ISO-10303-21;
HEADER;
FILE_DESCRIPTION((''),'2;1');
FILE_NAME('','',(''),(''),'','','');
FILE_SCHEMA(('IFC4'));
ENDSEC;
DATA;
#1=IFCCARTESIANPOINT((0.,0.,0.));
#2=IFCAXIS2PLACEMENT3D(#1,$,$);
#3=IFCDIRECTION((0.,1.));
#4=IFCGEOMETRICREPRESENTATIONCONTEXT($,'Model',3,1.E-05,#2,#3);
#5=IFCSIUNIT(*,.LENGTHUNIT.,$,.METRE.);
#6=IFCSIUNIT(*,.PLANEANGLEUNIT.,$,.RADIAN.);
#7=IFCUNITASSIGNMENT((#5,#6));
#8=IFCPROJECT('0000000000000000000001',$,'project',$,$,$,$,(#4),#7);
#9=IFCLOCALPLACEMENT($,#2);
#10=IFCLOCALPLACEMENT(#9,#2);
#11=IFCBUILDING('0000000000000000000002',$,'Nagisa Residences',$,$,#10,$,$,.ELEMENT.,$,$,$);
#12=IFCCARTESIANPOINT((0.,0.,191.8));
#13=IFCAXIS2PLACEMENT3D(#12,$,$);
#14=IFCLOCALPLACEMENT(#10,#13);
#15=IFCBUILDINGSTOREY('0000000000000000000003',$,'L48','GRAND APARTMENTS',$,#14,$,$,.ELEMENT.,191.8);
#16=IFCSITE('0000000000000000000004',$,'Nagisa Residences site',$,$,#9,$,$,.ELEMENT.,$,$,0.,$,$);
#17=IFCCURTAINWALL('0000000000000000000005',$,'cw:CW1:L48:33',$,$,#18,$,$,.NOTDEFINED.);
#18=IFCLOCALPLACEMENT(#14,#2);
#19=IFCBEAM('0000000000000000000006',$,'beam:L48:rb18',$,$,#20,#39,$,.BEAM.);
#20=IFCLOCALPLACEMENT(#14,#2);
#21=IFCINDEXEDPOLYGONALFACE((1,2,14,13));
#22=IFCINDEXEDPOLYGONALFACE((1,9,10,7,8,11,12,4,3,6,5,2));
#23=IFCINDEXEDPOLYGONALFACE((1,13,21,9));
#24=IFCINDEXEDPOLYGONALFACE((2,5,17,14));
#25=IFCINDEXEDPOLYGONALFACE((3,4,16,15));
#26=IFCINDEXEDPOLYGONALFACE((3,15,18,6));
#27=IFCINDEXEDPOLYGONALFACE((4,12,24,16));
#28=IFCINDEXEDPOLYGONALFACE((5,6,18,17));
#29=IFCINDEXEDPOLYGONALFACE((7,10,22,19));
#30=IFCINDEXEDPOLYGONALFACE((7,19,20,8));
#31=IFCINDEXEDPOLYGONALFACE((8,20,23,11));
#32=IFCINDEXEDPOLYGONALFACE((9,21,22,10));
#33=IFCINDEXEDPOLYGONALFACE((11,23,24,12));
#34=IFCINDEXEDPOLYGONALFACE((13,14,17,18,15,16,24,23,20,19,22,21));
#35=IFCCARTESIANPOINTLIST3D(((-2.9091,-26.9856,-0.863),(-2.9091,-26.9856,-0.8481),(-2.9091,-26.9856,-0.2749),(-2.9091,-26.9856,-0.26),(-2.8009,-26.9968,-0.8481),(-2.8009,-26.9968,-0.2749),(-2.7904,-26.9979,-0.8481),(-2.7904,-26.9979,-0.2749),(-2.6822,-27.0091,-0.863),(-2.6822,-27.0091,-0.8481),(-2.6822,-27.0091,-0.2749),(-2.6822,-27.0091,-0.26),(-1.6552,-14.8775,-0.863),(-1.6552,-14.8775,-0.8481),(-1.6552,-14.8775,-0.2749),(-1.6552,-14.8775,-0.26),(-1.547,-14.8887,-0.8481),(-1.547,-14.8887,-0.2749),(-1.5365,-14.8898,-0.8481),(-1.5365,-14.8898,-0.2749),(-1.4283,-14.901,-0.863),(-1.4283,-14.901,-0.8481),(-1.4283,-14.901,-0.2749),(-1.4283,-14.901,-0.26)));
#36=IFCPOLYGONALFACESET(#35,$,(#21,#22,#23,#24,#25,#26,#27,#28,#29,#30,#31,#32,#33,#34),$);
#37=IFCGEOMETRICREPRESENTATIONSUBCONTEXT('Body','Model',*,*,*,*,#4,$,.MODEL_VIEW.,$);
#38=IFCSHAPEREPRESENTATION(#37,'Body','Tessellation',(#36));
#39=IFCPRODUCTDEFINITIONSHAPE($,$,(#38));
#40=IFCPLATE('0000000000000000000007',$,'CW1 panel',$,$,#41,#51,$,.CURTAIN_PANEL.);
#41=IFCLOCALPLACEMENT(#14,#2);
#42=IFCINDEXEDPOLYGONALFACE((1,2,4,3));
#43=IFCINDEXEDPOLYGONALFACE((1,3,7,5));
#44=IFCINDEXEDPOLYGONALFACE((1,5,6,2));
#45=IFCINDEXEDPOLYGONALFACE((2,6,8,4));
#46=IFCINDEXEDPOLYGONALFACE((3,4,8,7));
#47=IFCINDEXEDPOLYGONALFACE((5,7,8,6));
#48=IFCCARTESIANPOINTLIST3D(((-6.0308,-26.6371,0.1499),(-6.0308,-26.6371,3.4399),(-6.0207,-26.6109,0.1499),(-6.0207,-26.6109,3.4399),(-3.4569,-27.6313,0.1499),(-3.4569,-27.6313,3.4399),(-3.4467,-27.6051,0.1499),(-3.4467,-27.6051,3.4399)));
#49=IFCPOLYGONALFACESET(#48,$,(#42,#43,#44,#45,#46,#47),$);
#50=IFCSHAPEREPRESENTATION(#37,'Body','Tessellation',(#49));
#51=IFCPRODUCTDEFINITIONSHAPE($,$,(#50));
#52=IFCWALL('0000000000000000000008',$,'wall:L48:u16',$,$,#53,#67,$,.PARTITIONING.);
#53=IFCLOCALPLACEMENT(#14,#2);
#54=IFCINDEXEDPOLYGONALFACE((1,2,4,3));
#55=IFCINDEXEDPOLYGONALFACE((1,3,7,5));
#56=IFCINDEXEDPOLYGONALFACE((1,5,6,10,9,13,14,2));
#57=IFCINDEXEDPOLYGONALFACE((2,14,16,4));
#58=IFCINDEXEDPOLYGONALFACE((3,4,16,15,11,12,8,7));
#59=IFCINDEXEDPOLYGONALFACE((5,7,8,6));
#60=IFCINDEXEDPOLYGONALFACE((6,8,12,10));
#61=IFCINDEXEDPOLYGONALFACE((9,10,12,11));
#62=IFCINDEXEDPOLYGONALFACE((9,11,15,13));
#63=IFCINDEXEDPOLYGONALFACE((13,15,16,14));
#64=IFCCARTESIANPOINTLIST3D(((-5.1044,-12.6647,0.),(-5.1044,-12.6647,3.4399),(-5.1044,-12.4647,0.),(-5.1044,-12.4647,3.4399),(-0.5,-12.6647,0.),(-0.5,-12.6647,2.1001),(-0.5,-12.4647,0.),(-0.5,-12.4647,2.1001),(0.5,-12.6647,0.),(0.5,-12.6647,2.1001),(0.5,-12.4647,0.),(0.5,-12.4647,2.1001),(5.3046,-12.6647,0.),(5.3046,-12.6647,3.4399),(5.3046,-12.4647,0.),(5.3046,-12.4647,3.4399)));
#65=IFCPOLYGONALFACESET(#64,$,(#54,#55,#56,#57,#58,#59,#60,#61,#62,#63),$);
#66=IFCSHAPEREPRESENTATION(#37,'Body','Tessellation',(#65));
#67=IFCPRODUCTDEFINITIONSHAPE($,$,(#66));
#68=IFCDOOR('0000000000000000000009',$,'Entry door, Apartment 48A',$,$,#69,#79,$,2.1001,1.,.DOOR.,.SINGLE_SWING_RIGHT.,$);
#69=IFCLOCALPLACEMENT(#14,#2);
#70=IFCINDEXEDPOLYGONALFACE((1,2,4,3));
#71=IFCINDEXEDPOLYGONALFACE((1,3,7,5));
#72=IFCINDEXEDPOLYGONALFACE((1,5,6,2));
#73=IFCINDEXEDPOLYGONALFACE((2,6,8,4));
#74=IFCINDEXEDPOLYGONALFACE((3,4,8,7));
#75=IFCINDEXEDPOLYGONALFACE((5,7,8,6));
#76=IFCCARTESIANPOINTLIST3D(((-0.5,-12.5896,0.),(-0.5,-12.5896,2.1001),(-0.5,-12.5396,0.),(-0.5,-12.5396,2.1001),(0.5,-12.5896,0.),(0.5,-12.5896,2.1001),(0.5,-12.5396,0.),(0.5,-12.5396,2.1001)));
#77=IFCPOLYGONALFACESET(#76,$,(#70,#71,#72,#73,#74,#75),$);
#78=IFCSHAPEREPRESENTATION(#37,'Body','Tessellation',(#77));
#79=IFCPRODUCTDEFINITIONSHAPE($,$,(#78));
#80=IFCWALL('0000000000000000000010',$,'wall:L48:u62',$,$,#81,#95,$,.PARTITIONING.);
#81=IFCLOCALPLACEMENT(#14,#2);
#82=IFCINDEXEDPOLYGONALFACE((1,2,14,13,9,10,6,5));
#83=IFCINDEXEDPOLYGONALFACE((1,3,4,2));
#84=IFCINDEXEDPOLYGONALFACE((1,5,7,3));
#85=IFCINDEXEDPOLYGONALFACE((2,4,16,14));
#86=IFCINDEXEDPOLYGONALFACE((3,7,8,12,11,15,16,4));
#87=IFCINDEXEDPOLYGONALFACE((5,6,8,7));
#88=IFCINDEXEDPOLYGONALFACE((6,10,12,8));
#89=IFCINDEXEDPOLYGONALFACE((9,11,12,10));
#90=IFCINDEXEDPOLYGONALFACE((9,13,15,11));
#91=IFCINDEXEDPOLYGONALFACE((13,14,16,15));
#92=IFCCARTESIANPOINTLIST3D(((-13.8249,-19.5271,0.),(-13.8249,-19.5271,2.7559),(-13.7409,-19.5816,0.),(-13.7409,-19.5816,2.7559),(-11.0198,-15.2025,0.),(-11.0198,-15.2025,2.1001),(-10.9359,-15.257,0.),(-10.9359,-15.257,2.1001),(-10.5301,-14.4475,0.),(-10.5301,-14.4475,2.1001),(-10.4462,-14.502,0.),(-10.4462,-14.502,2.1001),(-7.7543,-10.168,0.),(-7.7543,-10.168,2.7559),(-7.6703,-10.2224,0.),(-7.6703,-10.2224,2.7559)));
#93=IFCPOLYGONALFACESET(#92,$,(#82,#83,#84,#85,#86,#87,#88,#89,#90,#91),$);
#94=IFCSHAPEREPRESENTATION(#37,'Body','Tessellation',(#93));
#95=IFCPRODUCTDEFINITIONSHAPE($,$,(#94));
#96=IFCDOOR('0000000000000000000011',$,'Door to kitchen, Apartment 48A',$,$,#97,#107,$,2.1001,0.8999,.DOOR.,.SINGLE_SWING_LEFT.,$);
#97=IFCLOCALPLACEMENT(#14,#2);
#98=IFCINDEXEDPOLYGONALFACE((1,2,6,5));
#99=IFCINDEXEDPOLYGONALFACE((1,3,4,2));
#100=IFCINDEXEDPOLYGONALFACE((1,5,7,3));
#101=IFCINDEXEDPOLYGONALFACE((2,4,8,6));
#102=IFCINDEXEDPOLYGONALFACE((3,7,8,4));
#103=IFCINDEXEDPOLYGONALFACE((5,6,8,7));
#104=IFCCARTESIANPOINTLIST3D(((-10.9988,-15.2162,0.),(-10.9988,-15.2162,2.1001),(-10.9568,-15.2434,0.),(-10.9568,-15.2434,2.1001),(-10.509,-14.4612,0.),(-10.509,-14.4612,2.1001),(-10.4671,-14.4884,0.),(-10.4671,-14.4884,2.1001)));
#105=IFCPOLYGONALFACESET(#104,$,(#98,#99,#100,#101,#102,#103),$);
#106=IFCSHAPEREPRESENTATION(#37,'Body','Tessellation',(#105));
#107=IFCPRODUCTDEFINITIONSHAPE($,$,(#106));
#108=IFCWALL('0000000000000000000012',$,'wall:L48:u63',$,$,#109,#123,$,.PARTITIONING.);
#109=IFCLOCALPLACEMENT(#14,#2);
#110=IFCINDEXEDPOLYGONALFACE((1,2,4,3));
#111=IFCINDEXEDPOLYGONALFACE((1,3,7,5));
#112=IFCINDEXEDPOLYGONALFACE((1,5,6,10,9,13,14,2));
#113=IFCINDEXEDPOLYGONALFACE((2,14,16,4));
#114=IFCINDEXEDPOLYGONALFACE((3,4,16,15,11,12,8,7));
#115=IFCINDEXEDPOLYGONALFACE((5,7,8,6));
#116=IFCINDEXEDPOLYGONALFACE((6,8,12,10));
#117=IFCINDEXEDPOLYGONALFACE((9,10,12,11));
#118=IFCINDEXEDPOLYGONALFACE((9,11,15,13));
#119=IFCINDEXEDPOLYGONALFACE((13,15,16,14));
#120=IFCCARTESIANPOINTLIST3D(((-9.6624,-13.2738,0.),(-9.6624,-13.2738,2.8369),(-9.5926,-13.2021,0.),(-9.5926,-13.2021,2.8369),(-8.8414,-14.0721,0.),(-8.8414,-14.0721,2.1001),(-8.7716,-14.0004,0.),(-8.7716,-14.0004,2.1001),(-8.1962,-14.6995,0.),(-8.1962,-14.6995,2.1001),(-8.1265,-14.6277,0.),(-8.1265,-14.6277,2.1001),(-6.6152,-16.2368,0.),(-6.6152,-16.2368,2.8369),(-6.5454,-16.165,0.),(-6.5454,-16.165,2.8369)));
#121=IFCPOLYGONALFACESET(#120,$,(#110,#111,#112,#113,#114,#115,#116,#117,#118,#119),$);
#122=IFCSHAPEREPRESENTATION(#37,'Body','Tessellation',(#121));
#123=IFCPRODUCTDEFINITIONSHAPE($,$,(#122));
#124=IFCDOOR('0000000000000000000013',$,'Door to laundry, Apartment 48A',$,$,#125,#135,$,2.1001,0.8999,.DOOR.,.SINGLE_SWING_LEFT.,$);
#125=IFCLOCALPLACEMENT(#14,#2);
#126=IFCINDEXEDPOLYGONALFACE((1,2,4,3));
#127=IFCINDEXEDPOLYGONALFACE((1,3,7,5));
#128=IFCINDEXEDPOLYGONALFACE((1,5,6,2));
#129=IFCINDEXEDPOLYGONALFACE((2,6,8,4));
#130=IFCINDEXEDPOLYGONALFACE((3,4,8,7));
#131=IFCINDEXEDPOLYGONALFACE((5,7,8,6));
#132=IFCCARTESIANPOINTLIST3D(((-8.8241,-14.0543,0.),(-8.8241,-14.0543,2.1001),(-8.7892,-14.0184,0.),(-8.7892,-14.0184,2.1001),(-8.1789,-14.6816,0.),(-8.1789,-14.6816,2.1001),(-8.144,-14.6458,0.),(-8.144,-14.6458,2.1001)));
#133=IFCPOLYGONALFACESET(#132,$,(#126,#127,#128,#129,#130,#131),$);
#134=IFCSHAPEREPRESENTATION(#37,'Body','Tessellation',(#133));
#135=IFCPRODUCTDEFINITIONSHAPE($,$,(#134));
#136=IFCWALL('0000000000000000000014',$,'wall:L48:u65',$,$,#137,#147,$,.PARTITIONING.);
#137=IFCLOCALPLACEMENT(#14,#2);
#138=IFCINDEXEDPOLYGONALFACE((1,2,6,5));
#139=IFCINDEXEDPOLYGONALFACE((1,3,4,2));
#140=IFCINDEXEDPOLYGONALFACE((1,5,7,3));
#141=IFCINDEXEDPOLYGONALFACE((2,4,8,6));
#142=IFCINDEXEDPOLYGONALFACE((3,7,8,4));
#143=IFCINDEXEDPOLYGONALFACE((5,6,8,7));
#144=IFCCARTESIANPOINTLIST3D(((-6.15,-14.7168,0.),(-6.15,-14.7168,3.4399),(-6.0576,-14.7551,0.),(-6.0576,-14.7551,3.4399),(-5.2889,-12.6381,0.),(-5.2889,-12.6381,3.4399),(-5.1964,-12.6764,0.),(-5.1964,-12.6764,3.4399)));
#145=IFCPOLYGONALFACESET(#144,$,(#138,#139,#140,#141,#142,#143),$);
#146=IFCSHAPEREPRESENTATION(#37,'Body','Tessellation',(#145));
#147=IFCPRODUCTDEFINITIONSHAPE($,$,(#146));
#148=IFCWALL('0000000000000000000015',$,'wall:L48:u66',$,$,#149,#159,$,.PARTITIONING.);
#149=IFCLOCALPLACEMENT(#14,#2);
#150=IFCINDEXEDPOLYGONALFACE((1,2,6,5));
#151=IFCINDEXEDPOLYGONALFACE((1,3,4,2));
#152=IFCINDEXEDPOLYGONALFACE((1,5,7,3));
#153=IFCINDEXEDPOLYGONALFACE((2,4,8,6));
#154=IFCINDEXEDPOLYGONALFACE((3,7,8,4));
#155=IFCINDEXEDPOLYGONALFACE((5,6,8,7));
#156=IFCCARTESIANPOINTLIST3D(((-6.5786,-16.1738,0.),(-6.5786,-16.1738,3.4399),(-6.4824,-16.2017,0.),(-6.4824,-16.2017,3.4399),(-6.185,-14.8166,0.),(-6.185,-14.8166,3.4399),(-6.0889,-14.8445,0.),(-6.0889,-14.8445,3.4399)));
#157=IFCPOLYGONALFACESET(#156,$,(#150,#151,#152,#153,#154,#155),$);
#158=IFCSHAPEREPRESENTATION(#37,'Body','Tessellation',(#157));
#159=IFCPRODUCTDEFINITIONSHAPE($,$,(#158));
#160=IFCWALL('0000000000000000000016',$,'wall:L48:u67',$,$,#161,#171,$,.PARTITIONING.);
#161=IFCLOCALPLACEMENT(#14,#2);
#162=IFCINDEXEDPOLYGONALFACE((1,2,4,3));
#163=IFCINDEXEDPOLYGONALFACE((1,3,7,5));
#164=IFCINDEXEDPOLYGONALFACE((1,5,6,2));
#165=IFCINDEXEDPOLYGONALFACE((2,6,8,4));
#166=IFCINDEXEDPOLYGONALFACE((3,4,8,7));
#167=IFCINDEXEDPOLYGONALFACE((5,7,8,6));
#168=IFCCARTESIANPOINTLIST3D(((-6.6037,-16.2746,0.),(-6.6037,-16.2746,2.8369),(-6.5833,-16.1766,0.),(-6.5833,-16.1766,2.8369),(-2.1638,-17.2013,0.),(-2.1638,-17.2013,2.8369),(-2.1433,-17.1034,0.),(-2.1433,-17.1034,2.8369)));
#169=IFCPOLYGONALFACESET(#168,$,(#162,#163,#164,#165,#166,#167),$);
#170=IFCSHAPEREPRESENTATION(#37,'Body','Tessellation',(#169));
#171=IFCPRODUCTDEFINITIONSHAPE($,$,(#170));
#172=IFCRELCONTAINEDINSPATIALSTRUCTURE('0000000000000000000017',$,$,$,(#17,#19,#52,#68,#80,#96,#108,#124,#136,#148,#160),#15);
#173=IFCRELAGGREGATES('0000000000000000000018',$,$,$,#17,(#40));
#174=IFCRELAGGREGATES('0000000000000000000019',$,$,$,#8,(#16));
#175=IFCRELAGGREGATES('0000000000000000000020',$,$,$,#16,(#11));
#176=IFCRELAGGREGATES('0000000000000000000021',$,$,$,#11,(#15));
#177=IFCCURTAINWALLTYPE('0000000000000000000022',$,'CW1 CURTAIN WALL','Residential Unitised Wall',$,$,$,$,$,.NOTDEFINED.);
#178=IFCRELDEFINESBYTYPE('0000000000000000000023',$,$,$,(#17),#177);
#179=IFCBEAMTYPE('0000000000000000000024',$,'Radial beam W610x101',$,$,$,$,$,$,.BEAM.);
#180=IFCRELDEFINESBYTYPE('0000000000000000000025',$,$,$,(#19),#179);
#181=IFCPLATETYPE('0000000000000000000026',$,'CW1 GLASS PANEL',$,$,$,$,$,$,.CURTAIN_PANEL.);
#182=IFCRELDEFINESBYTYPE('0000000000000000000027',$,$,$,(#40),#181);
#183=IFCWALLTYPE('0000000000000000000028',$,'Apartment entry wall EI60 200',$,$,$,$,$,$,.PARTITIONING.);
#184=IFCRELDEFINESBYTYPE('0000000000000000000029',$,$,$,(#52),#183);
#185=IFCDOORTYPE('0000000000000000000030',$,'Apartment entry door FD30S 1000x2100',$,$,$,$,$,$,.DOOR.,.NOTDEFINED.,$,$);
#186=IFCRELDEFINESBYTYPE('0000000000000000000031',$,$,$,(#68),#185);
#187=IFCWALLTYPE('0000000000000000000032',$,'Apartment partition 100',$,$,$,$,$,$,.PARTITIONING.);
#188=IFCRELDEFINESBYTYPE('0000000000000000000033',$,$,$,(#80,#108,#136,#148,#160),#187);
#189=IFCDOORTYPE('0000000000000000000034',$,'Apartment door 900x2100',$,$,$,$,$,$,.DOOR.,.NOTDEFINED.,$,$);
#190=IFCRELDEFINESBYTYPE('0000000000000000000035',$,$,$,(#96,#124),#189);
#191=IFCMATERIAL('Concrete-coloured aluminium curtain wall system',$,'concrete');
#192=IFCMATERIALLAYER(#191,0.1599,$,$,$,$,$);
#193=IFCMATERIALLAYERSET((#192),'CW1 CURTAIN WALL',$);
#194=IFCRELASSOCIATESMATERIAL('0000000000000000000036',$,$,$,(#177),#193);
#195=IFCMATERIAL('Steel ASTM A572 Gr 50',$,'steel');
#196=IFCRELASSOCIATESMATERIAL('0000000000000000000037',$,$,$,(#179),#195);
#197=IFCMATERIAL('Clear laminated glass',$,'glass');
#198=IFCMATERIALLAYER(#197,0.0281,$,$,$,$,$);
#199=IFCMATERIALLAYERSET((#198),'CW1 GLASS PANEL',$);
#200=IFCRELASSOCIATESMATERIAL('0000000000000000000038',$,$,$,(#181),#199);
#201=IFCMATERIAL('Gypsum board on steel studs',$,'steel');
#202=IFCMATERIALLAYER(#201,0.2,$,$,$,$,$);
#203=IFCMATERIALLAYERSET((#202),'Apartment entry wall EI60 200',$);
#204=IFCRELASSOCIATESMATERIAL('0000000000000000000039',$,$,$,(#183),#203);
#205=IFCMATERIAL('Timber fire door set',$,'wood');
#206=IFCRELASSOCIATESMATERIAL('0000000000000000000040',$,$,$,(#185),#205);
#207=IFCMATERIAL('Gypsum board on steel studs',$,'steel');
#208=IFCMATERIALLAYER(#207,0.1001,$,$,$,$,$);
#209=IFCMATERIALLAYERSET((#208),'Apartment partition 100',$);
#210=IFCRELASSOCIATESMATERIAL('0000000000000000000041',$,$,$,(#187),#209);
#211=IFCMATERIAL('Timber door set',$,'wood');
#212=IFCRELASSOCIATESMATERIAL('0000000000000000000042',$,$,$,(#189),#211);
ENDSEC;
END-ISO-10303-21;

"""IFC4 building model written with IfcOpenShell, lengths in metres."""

from ifc_helpers import new_model, si_unit, direction, frame, frame_2d, origin, origin_2d, place, context, subcontext, project, spatial, rectangle, i_section, extrude, material, layer, layer_set, material_profile, profile_set, type_object, element, fill, aggregate, save


model = new_model("IFC4")

# Units and contexts
model_context = context("Model", 3, precision=1e-05, world=origin(), true_north=direction((0.0, 1.0)))
body_context = subcontext(model_context, "Body", "Model", "MODEL_VIEW")
ifc_project = project(units=[si_unit("LENGTHUNIT", "METRE"), si_unit("PLANEANGLEUNIT", "RADIAN")], contexts=[model_context])

# Site, building, storey
site_placement = place(None, origin())
site = spatial("IfcSite", under=ifc_project, at=site_placement, Name="Nagisa Residences site", CompositionType="ELEMENT", RefElevation=0.0)
building_placement = place(site_placement, origin())
building = spatial("IfcBuilding", under=site, at=building_placement, Name="Nagisa Residences", CompositionType="ELEMENT")
storey_placement = place(building_placement, frame((0.0, 0.0, 191.8)))
storey = spatial("IfcBuildingStorey", under=building, at=storey_placement, Name="L48", Description="GRAND APARTMENTS", CompositionType="ELEMENT", Elevation=191.8)

# Curtain wall
ifc_material_1 = material(Name="Concrete-coloured aluminium curtain wall system", Category="concrete")
ifc_layer_1 = layer(ifc_material_1, 0.1599)
ifc_layer_set_1 = layer_set([ifc_layer_1], Name="CW1 CURTAIN WALL")
curtain_wall_type = type_object("IfcCurtainWallType", Name="CW1 CURTAIN WALL", Description="Residential Unitised Wall", PredefinedType="NOTDEFINED", material=ifc_layer_set_1)
curtain_wall_placement = place(storey_placement, origin())
curtain_wall = element("IfcCurtainWall", 1, at=curtain_wall_placement, inside=storey, type_object=curtain_wall_type, Name="cw:CW1:L48:33", PredefinedType="NOTDEFINED")

# Beam
ifc_material_2 = material(Name="Steel ASTM A572 Gr 50", Category="steel")
ifc_material_profile_1 = material_profile(ifc_material_2, i_section(OverallWidth=0.228, OverallDepth=0.603, WebThickness=0.0105, FlangeThickness=0.0149, at=origin_2d()), Name="W610x101")
ifc_profile_set_1 = profile_set([ifc_material_profile_1], Name="Steel ASTM A572 Gr 50")
beam_type_1 = type_object("IfcBeamType", Name="Radial beam W610x101", PredefinedType="BEAM", material=ifc_profile_set_1)
beam_1_placement = place(storey_placement, frame((-2.7957, -26.9973, -0.5615), z_axis=(0.103008, 0.994681, 0.0), x_axis=(-0.994681, 0.103008, 0.0)))
element("IfcBeam", 2, at=beam_1_placement, inside=storey, type_object=beam_type_1, Name="beam:L48:rb18", PredefinedType="BEAM", context=body_context, shape_type="SweptSolid", body=[
    extrude(i_section(OverallWidth=0.228, OverallDepth=0.603, WebThickness=0.0105, FlangeThickness=0.0149, at=origin_2d()), origin(), (0.0, 0.0, 1.0), 12.1729),
])

# Plate
ifc_material_3 = material(Name="Clear laminated glass", Category="glass")
ifc_layer_2 = layer(ifc_material_3, 0.0281)
ifc_layer_set_2 = layer_set([ifc_layer_2], Name="CW1 GLASS PANEL")
plate_type = type_object("IfcPlateType", Name="CW1 GLASS PANEL", PredefinedType="CURTAIN_PANEL", material=ifc_layer_set_2)
plate_placement = place(storey_placement, frame((-4.7388, -27.1211, 0.1499), z_axis=(0.0, 0.0, 1.0), x_axis=(0.932826, -0.360328, 0.0)))
plate = element("IfcPlate", 3, at=plate_placement, type_object=plate_type, Name="CW1 panel", PredefinedType="CURTAIN_PANEL", context=body_context, shape_type="SweptSolid", body=[
    extrude(rectangle(XDim=2.7593, YDim=0.0281, at=origin_2d()), origin(), (0.0, 0.0, 1.0), 3.29),
])
aggregate(curtain_wall, [plate])

# Walls, openings, doors
ifc_material_4 = material(Name="Gypsum board on steel studs", Category="steel")
ifc_layer_3 = layer(ifc_material_4, 0.2)
ifc_layer_set_3 = layer_set([ifc_layer_3], Name="Apartment entry wall EI60 200")
wall_type_1 = type_object("IfcWallType", Name="Apartment entry wall EI60 200", PredefinedType="PARTITIONING", material=ifc_layer_set_3)
wall_1_placement = place(storey_placement, frame((-5.1045, -12.5647, 0.0), z_axis=(0.0, 0.0, 1.0), x_axis=(1.0, 0.0, 0.0)))
wall_1 = element("IfcWall", 4, at=wall_1_placement, inside=storey, type_object=wall_type_1, Name="wall:L48:u16", PredefinedType="PARTITIONING", context=body_context, shape_type="SweptSolid", body=[
    extrude(rectangle(XDim=10.4089, YDim=0.2, at=frame_2d((5.2046, 0.0))), origin(), (0.0, 0.0, 1.0), 3.4399),
])
opening_1_placement = place(wall_1_placement, frame((4.6045, 0.0, 0.0)))
opening_1 = element("IfcOpeningElement", 5, at=opening_1_placement, cuts=wall_1, PredefinedType="OPENING", context=body_context, shape_type="SweptSolid", body=[
    extrude(rectangle(XDim=1.0, YDim=2.1001, at=frame_2d((0.5, 1.05))), frame((0.0, 0.1099, 0.0), z_axis=(0.0, -1.0, 0.0), x_axis=(1.0, 0.0, 0.0)), (0.0, 0.0, 1.0), 0.22),
])
ifc_material_5 = material(Name="Timber fire door set", Category="wood")
door_type_1 = type_object("IfcDoorType", Name="Apartment entry door FD30S 1000x2100", OperationType="NOTDEFINED", PredefinedType="DOOR", material=ifc_material_5)
door_1_placement = place(opening_1_placement, frame((1.0, 0.0, 0.0), x_axis=(-1.0, 0.0, 0.0)))
door_1 = element("IfcDoor", 6, at=door_1_placement, inside=storey, type_object=door_type_1, Name="Entry door, Apartment 48A", OperationType="SINGLE_SWING_RIGHT", OverallHeight=2.1001, OverallWidth=1.0, PredefinedType="DOOR", context=body_context, shape_type="SweptSolid", body=[
    extrude(rectangle(XDim=1.0, YDim=2.1001, at=frame_2d((0.5, 1.05))), frame((0.0, 0.0249, 0.0), z_axis=(0.0, -1.0, 0.0), x_axis=(1.0, 0.0, 0.0)), (0.0, 0.0, 1.0), 0.05),
])
fill(opening_1, door_1)
ifc_material_6 = material(Name="Gypsum board on steel studs", Category="steel")
ifc_layer_4 = layer(ifc_material_6, 0.1001)
ifc_layer_set_4 = layer_set([ifc_layer_4], Name="Apartment partition 100")
wall_type_2 = type_object("IfcWallType", Name="Apartment partition 100", PredefinedType="PARTITIONING", material=ifc_layer_set_4)
wall_2_placement = place(storey_placement, frame((-7.7124, -10.1953, 0.0), z_axis=(0.0, 0.0, 1.0), x_axis=(-0.544177, -0.838971, 0.0)))
wall_2 = element("IfcWall", 7, at=wall_2_placement, inside=storey, type_object=wall_type_2, Name="wall:L48:u62", PredefinedType="PARTITIONING", context=body_context, shape_type="SweptSolid", body=[
    extrude(rectangle(XDim=11.1555, YDim=0.1001, at=frame_2d((5.5776, 0.0))), origin(), (0.0, 0.0, 1.0), 2.7559),
])
opening_2_placement = place(wall_2_placement, frame((5.1008, 0.0, 0.0)))
opening_2 = element("IfcOpeningElement", 8, at=opening_2_placement, cuts=wall_2, PredefinedType="OPENING", context=body_context, shape_type="SweptSolid", body=[
    extrude(rectangle(XDim=0.8999, YDim=2.1001, at=frame_2d((0.45, 1.05))), frame((0.0, 0.0601, 0.0), z_axis=(0.0, -1.0, 0.0), x_axis=(1.0, 0.0, 0.0)), (0.0, 0.0, 1.0), 0.1201),
])
ifc_material_7 = material(Name="Timber door set", Category="wood")
door_type_2 = type_object("IfcDoorType", Name="Apartment door 900x2100", OperationType="NOTDEFINED", PredefinedType="DOOR", material=ifc_material_7)
door_2_placement = place(opening_2_placement, frame((0.8999, 0.0, 0.0), x_axis=(-1.0, 0.0, 0.0)))
door_2 = element("IfcDoor", 9, at=door_2_placement, inside=storey, type_object=door_type_2, Name="Door to kitchen, Apartment 48A", OperationType="SINGLE_SWING_LEFT", OverallHeight=2.1001, OverallWidth=0.8999, PredefinedType="DOOR", context=body_context, shape_type="SweptSolid", body=[
    extrude(rectangle(XDim=0.8999, YDim=2.1001, at=frame_2d((0.45, 1.05))), frame((0.0, 0.0249, 0.0), z_axis=(0.0, -1.0, 0.0), x_axis=(1.0, 0.0, 0.0)), (0.0, 0.0, 1.0), 0.05),
])
fill(opening_2, door_2)
wall_3_placement = place(storey_placement, frame((-9.6274, -13.238, 0.0), z_axis=(0.0, 0.0, 1.0), x_axis=(0.716946, -0.697128, 0.0)))
wall_3 = element("IfcWall", 10, at=wall_3_placement, inside=storey, type_object=wall_type_2, Name="wall:L48:u63", PredefinedType="PARTITIONING", context=body_context, shape_type="SweptSolid", body=[
    extrude(rectangle(XDim=4.2502, YDim=0.1001, at=frame_2d((2.125, 0.0))), origin(), (0.0, 0.0, 1.0), 2.8369),
])
opening_3_placement = place(wall_3_placement, frame((1.145, 0.0, 0.0)))
opening_3 = element("IfcOpeningElement", 11, at=opening_3_placement, cuts=wall_3, PredefinedType="OPENING", context=body_context, shape_type="SweptSolid", body=[
    extrude(rectangle(XDim=0.8999, YDim=2.1001, at=frame_2d((0.45, 1.05))), frame((0.0, 0.0601, 0.0), z_axis=(0.0, -1.0, 0.0), x_axis=(1.0, 0.0, 0.0)), (0.0, 0.0, 1.0), 0.1201),
])
door_3_placement = place(opening_3_placement, origin())
door_3 = element("IfcDoor", 12, at=door_3_placement, inside=storey, type_object=door_type_2, Name="Door to laundry, Apartment 48A", OperationType="SINGLE_SWING_LEFT", OverallHeight=2.1001, OverallWidth=0.8999, PredefinedType="DOOR", context=body_context, shape_type="SweptSolid", body=[
    extrude(rectangle(XDim=0.8999, YDim=2.1001, at=frame_2d((0.45, 1.05))), frame((0.0, 0.0249, 0.0), z_axis=(0.0, -1.0, 0.0), x_axis=(1.0, 0.0, 0.0)), (0.0, 0.0, 1.0), 0.05),
])
fill(opening_3, door_3)

# Walls
wall_4_placement = place(storey_placement, frame((-5.2427, -12.6572, 0.0), z_axis=(0.0, 0.0, 1.0), x_axis=(-0.382719, -0.923865, 0.0)))
element("IfcWall", 13, at=wall_4_placement, inside=storey, type_object=wall_type_2, Name="wall:L48:u65", PredefinedType="PARTITIONING", context=body_context, shape_type="SweptSolid", body=[
    extrude(rectangle(XDim=2.25, YDim=0.1001, at=frame_2d((1.125, 0.0))), origin(), (0.0, 0.0, 1.0), 3.4399),
])
wall_5_placement = place(storey_placement, frame((-6.137, -14.8306, 0.0), z_axis=(0.0, 0.0, 1.0), x_axis=(-0.278507, -0.960434, 0.0)))
element("IfcWall", 14, at=wall_5_placement, inside=storey, type_object=wall_type_2, Name="wall:L48:u66", PredefinedType="PARTITIONING", context=body_context, shape_type="SweptSolid", body=[
    extrude(rectangle(XDim=1.4131, YDim=0.1001, at=frame_2d((0.7065, 0.0))), origin(), (0.0, 0.0, 1.0), 3.4399),
])
wall_6_placement = place(storey_placement, frame((-6.5935, -16.2256, 0.0), z_axis=(0.0, 0.0, 1.0), x_axis=(0.978902, -0.204328, 0.0)))
element("IfcWall", 15, at=wall_6_placement, inside=storey, type_object=wall_type_2, Name="wall:L48:u67", PredefinedType="PARTITIONING", context=body_context, shape_type="SweptSolid", body=[
    extrude(rectangle(XDim=4.5356, YDim=0.1001, at=frame_2d((2.2678, 0.0))), origin(), (0.0, 0.0, 1.0), 2.8369),
])

save(model, "model.ifc")
